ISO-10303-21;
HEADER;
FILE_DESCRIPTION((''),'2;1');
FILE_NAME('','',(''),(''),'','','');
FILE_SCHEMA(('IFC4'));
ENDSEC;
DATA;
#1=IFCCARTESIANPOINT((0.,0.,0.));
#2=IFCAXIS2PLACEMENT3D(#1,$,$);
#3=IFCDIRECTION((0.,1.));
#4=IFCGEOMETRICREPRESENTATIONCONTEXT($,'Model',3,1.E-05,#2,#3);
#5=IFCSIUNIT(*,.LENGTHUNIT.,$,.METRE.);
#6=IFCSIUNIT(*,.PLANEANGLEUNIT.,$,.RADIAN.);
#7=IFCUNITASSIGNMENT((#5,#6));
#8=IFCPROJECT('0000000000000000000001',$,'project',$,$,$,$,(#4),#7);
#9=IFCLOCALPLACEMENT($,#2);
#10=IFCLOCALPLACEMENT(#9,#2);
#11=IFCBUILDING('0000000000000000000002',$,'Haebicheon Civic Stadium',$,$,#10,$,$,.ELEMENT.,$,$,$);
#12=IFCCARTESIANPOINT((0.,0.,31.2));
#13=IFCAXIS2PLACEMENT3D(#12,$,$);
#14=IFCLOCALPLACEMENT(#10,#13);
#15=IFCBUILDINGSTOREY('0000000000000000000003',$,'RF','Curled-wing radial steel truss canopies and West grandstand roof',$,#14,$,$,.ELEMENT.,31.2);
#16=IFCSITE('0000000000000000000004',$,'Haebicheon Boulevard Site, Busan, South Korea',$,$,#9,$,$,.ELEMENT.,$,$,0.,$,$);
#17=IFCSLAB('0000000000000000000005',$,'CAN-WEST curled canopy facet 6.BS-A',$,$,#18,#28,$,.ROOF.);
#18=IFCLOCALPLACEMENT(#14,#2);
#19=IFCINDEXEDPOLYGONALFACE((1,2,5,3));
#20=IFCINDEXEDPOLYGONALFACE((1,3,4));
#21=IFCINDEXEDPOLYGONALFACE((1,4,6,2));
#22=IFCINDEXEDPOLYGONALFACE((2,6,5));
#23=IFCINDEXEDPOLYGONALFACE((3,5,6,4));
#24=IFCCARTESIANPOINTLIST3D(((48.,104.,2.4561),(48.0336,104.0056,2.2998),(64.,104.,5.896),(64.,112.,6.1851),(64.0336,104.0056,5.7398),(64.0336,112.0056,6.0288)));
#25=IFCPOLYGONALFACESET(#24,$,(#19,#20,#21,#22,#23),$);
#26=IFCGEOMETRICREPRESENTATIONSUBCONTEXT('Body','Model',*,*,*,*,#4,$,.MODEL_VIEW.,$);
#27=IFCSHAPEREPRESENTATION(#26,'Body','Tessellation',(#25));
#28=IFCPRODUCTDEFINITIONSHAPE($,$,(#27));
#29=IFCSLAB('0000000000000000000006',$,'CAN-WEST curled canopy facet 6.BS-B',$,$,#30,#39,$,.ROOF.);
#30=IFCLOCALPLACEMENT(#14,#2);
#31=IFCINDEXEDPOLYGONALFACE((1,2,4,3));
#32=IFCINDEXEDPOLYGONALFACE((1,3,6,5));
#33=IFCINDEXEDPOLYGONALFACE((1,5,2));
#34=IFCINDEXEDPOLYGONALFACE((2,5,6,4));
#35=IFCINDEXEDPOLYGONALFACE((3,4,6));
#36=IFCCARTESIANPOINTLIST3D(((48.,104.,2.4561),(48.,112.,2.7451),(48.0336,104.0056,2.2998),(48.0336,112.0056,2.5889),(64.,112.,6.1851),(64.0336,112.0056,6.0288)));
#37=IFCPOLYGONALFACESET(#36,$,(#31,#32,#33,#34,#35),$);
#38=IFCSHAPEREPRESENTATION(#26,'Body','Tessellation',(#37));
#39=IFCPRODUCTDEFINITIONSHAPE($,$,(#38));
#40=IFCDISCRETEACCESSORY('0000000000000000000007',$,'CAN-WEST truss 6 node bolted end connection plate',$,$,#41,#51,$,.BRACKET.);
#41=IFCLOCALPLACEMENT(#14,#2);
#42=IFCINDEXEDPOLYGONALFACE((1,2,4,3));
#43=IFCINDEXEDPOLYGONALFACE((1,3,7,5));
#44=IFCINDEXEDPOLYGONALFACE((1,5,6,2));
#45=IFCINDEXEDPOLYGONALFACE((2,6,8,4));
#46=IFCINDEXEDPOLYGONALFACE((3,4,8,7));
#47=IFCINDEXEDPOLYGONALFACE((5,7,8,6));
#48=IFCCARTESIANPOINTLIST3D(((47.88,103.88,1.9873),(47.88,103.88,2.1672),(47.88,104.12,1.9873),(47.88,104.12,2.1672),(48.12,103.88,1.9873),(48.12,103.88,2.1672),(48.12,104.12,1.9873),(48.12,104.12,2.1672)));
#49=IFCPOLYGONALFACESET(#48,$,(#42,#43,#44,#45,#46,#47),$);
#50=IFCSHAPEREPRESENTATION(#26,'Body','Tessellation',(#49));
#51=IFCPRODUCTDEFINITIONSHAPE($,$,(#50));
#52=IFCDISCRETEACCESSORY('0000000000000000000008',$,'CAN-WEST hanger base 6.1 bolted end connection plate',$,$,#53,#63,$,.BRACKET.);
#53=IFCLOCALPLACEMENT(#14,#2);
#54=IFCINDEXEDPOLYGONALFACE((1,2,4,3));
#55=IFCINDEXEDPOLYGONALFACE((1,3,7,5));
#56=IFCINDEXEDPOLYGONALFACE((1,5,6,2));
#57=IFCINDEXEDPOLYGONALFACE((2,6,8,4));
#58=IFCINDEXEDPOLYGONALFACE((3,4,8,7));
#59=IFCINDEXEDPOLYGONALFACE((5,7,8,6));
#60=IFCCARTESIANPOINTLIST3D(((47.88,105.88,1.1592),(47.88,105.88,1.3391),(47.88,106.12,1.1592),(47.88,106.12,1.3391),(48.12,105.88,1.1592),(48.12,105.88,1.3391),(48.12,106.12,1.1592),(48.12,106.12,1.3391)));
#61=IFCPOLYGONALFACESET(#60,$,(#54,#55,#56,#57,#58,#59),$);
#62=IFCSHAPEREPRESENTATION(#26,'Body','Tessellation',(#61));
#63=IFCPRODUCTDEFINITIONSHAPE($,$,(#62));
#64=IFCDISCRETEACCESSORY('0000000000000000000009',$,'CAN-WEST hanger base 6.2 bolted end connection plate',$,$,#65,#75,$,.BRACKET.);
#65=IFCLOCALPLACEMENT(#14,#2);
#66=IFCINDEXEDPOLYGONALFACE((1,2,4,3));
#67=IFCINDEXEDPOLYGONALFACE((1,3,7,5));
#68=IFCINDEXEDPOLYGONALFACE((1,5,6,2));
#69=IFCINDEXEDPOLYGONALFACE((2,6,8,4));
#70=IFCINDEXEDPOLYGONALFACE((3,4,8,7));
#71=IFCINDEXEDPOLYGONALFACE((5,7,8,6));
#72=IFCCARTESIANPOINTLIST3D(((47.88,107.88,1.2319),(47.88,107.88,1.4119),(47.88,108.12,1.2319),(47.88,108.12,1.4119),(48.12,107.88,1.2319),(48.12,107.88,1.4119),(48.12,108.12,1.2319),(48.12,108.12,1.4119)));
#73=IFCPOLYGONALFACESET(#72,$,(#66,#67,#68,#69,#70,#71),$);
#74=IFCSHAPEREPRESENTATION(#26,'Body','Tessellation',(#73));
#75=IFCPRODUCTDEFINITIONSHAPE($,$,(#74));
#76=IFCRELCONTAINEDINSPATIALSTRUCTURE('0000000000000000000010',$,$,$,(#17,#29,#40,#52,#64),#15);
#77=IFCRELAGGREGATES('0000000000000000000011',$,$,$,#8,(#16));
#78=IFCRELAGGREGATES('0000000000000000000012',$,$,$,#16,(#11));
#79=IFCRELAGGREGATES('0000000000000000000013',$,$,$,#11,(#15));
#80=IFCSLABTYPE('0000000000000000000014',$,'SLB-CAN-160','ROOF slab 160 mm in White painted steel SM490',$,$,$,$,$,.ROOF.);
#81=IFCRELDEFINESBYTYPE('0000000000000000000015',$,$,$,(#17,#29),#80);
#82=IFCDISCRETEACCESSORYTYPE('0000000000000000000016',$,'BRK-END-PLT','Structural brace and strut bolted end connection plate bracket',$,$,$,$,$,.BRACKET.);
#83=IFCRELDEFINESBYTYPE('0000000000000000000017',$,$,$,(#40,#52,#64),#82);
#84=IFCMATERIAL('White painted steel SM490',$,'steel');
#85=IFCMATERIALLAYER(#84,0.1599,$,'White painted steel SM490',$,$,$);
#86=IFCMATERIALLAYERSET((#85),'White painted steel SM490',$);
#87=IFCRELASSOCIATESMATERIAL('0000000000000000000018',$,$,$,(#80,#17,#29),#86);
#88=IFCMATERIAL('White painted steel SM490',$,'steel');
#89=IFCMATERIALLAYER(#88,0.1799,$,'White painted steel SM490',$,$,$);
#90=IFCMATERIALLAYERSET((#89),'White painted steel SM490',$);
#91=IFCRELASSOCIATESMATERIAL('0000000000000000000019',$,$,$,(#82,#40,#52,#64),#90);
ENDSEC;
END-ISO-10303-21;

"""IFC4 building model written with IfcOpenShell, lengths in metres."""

from ifc_helpers import new_model, si_unit, direction, frame, origin, origin_2d, place, context, subcontext, project, spatial, polyline, rectangle, outline, extrude, material, layer, layer_set, type_object, element, save


model = new_model("IFC4")

# Units and contexts
model_context = context("Model", 3, precision=1e-05, world=origin(), true_north=direction((0.0, 1.0)))
body_context = subcontext(model_context, "Body", "Model", "MODEL_VIEW")
ifc_project = project(units=[si_unit("LENGTHUNIT", "METRE"), si_unit("PLANEANGLEUNIT", "RADIAN")], contexts=[model_context])

# Site, building, storey
site_placement = place(None, origin())
site = spatial("IfcSite", under=ifc_project, at=site_placement, Name="Haebicheon Boulevard Site, Busan, South Korea", CompositionType="ELEMENT", RefElevation=0.0)
building_placement = place(site_placement, origin())
building = spatial("IfcBuilding", under=site, at=building_placement, Name="Haebicheon Civic Stadium", CompositionType="ELEMENT")
storey_placement = place(building_placement, frame((0.0, 0.0, 31.2)))
storey = spatial("IfcBuildingStorey", under=building, at=storey_placement, Name="RF", Description="Curled-wing radial steel truss canopies and West grandstand roof", CompositionType="ELEMENT", Elevation=31.2)

# Slabs
ifc_material_1 = material(Name="White painted steel SM490", Category="steel")
ifc_layer_1 = layer(ifc_material_1, 0.1599, Name="White painted steel SM490")
ifc_layer_set_1 = layer_set([ifc_layer_1], Name="White painted steel SM490")
slab_type = type_object("IfcSlabType", Name="SLB-CAN-160", Description="ROOF slab 160 mm in White painted steel SM490", PredefinedType="ROOF", material=ifc_layer_set_1)
slab_1_placement = place(storey_placement, frame((48.0, 104.0, 2.4561), z_axis=(-0.210062, -0.035304, 0.97705), x_axis=(0.97766, 0.0, 0.210193)))
element("IfcSlab", 1, at=slab_1_placement, inside=storey, type_object=slab_type, material=ifc_layer_set_1, Name="CAN-WEST curled canopy facet 6.BS-A", PredefinedType="ROOF", context=body_context, shape_type="SweptSolid", body=[
    extrude(outline(polyline([(0.0, 0.0), (16.3656, 0.0), (16.4264, 8.005), (0.0, 0.0)])), origin(), (0.0, 0.0, -1.0), 0.1599),
])
slab_2_placement = place(storey_placement, frame((48.0, 104.0, 2.4561), z_axis=(-0.210062, -0.035304, 0.97705), x_axis=(0.875605, 0.437802, 0.204071)))
element("IfcSlab", 2, at=slab_2_placement, inside=storey, type_object=slab_type, material=ifc_layer_set_1, Name="CAN-WEST curled canopy facet 6.BS-B", PredefinedType="ROOF", context=body_context, shape_type="SweptSolid", body=[
    extrude(outline(polyline([(0.0, 0.0), (18.2731, 0.0), (3.5614, 7.1694), (0.0, 0.0)])), origin(), (0.0, 0.0, -1.0), 0.1599),
])

# Discrete accessories
ifc_material_2 = material(Name="White painted steel SM490", Category="steel")
ifc_layer_2 = layer(ifc_material_2, 0.1799, Name="White painted steel SM490")
ifc_layer_set_2 = layer_set([ifc_layer_2], Name="White painted steel SM490")
discrete_accessory_type = type_object("IfcDiscreteAccessoryType", Name="BRK-END-PLT", Description="Structural brace and strut bolted end connection plate bracket", PredefinedType="BRACKET", material=ifc_layer_set_2)
for number, where, z_axis, x_axis, name in (
    (3, (48.0, 104.0, 1.9873), (0.0, 0.0, 1.0), (1.0, 0.0, 0.0), "CAN-WEST truss 6 node bolted end connection plate"),
    (4, (48.0, 106.0, 1.1592), (0.0, 0.0, 1.0), (1.0, 0.0, 0.0), "CAN-WEST hanger base 6.1 bolted end connection plate"),
    (5, (48.0, 108.0, 1.2319), (0.0, 0.0, 1.0), (1.0, 0.0, 0.0), "CAN-WEST hanger base 6.2 bolted end connection plate"),
):
    element("IfcDiscreteAccessory", number, at=place(storey_placement, frame(where, z_axis=z_axis, x_axis=x_axis)), inside=storey, type_object=discrete_accessory_type, material=ifc_layer_set_2, Name=name, PredefinedType="BRACKET", context=body_context, shape_type="SweptSolid", body=[
        extrude(rectangle(XDim=0.24, YDim=0.24, at=origin_2d()), origin(), (0.0, 0.0, 1.0), 0.1799),
    ])

save(model, "model.ifc")
